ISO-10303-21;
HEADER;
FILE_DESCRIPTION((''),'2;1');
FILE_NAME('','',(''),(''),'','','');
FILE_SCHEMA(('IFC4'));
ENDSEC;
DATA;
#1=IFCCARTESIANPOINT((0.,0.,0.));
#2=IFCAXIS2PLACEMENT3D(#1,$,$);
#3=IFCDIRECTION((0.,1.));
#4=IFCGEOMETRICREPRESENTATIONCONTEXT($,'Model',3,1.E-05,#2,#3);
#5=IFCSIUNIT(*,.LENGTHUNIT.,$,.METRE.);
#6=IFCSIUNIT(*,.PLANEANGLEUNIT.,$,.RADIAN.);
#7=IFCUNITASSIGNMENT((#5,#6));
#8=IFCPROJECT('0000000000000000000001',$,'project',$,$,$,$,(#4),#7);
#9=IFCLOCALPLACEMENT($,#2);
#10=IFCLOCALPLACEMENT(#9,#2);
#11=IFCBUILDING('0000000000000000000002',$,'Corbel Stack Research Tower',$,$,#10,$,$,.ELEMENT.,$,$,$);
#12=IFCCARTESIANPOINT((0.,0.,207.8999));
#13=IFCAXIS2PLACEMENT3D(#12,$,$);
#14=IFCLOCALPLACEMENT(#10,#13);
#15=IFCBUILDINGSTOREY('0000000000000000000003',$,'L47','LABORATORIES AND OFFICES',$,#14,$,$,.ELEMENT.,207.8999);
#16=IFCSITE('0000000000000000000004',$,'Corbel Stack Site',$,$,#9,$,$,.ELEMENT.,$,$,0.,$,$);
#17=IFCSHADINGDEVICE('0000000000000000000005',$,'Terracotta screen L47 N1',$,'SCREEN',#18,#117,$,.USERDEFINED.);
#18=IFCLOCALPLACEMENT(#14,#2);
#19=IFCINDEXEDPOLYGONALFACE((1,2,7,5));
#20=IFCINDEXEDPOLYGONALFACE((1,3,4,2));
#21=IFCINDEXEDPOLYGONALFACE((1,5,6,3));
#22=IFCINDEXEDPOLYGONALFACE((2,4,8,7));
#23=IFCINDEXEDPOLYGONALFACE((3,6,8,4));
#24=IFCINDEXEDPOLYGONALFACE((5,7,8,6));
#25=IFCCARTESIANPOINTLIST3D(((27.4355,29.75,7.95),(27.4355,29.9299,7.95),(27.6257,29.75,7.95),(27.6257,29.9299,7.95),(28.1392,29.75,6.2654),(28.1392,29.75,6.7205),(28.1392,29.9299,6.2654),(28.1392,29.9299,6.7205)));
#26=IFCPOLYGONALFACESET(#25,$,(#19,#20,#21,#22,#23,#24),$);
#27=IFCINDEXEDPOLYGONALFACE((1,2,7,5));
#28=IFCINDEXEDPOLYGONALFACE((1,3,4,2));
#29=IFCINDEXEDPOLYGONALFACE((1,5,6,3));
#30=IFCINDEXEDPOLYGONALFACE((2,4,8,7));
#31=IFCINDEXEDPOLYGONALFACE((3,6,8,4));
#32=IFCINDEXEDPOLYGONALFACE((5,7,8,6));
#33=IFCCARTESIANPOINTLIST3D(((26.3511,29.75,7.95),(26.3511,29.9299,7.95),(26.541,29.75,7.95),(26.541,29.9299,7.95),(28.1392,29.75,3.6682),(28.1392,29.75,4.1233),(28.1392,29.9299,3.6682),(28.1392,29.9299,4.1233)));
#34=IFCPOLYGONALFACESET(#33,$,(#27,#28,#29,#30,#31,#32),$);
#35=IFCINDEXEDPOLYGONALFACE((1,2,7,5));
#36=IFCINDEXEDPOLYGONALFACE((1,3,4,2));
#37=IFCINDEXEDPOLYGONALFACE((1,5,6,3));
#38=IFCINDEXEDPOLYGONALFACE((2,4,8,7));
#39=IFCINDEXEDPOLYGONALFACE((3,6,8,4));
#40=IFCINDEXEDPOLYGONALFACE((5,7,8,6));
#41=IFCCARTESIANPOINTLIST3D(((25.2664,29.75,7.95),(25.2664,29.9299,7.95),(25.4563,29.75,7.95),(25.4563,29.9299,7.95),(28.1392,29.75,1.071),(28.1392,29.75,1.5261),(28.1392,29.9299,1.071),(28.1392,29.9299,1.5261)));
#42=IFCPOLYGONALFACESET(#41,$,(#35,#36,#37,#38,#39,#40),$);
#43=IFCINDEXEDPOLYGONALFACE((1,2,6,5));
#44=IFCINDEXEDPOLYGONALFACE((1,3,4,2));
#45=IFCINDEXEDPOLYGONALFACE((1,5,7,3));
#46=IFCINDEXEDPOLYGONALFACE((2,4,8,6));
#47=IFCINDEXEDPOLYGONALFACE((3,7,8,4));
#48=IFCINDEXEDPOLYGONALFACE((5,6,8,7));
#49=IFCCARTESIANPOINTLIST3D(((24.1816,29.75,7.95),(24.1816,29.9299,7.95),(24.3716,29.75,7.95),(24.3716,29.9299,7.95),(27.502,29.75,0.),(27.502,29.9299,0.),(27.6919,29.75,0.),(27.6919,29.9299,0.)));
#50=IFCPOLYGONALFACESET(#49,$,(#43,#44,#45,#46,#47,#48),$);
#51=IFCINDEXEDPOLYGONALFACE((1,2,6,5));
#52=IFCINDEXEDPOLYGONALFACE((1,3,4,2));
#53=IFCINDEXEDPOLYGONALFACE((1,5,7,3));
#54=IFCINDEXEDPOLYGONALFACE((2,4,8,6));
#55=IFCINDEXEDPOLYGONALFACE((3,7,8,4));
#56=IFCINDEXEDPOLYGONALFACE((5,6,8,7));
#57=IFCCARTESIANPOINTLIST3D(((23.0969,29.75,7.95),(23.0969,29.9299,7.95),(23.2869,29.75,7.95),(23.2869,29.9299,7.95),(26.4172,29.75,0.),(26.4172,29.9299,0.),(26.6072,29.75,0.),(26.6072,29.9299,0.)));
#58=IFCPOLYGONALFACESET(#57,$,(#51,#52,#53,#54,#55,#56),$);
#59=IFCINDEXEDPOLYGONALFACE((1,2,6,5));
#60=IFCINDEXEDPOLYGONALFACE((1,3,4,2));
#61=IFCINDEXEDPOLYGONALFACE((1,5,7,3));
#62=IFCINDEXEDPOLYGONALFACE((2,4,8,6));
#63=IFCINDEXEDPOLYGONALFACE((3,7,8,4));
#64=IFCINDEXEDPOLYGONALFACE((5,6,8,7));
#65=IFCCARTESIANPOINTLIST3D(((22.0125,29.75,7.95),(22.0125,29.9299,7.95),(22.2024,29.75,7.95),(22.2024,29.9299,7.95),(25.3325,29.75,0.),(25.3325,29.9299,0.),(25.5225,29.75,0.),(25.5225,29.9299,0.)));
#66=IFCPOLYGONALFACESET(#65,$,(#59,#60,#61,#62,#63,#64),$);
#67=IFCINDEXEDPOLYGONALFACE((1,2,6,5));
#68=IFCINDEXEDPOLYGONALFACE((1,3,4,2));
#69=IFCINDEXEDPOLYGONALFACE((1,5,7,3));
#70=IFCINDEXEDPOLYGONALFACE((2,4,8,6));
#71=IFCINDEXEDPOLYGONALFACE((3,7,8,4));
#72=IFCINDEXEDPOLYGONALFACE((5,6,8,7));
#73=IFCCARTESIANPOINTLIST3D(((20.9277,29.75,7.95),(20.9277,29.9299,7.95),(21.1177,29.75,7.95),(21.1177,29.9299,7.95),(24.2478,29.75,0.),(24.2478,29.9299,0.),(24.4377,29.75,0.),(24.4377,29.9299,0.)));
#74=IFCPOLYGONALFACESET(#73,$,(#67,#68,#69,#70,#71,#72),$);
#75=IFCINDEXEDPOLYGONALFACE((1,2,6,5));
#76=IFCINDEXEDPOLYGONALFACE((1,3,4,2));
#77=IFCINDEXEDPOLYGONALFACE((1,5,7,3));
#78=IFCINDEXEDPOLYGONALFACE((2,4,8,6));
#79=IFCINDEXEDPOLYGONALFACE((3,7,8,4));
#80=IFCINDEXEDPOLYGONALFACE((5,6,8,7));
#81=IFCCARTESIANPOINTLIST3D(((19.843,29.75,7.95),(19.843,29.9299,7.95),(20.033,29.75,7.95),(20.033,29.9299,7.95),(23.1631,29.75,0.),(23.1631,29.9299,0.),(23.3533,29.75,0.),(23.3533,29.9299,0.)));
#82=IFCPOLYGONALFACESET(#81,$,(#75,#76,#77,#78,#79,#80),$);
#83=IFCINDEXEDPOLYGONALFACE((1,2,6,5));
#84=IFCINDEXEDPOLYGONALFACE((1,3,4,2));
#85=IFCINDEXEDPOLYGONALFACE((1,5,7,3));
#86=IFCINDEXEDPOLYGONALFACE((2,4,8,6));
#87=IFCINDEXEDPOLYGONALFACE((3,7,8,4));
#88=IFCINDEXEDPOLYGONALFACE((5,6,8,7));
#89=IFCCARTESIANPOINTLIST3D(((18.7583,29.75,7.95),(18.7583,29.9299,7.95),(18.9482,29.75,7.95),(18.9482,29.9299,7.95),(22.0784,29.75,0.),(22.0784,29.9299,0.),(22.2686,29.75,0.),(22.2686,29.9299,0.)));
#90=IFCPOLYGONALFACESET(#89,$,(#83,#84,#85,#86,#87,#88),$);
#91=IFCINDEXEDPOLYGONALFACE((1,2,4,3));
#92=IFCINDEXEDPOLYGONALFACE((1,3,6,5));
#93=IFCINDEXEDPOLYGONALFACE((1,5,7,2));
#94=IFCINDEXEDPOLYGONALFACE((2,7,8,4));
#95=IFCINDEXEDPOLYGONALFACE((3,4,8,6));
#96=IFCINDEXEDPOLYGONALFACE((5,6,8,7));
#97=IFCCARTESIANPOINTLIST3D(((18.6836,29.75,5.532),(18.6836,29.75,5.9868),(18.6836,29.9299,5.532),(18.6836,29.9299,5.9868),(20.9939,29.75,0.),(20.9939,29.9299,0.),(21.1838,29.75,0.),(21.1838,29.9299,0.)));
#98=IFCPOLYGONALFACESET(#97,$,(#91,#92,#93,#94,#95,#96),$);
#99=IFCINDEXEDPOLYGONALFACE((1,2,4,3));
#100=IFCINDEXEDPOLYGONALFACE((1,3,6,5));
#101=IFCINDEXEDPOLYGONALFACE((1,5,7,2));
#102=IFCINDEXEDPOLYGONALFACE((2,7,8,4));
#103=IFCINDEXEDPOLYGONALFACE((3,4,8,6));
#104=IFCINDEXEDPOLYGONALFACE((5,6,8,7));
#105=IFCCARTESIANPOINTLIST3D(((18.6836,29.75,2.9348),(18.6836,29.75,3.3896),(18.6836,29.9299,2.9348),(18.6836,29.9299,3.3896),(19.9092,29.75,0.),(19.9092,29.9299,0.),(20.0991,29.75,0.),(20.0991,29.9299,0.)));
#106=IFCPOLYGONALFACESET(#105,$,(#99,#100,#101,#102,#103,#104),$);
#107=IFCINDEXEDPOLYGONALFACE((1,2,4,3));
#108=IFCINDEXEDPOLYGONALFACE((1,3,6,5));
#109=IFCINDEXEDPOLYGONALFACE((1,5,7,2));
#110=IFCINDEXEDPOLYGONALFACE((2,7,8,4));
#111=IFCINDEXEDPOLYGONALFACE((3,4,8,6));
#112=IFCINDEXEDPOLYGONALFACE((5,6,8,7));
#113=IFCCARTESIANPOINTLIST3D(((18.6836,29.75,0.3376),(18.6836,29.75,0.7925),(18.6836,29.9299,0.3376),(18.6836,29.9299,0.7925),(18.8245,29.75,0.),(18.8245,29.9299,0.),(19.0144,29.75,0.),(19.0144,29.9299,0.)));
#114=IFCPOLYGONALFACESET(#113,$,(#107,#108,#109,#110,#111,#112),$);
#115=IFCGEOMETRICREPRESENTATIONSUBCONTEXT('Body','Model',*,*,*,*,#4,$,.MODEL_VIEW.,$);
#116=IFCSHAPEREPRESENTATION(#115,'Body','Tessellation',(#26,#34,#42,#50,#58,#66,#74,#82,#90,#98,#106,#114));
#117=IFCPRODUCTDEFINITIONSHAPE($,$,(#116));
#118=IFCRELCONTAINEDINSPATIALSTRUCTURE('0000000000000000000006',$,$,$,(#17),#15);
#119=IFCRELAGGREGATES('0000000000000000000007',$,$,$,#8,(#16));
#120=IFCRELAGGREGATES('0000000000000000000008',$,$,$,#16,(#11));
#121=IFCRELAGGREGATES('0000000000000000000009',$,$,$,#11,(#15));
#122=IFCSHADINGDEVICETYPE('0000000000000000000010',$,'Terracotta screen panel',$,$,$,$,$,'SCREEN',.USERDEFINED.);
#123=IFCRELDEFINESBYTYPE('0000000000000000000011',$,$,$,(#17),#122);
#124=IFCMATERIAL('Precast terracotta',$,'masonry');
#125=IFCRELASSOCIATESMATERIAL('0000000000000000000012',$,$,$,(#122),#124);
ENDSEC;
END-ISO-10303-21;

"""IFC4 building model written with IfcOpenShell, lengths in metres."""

from ifc_helpers import new_model, si_unit, direction, frame, origin, place, context, subcontext, project, spatial, polyline, outline, extrude, source, transform, mapped, material, type_object, element, save


model = new_model("IFC4")

# Units and contexts
model_context = context("Model", 3, precision=1e-05, world=origin(), true_north=direction((0.0, 1.0)))
body_context = subcontext(model_context, "Body", "Model", "MODEL_VIEW")
ifc_project = project(units=[si_unit("LENGTHUNIT", "METRE"), si_unit("PLANEANGLEUNIT", "RADIAN")], contexts=[model_context])

# Site, building, storey
site_placement = place(None, origin())
site = spatial("IfcSite", under=ifc_project, at=site_placement, Name="Corbel Stack Site", CompositionType="ELEMENT", RefElevation=0.0)
building_placement = place(site_placement, origin())
building = spatial("IfcBuilding", under=site, at=building_placement, Name="Corbel Stack Research Tower", CompositionType="ELEMENT")
storey_placement = place(building_placement, frame((0.0, 0.0, 207.8999)))
storey = spatial("IfcBuildingStorey", under=building, at=storey_placement, Name="L47", Description="LABORATORIES AND OFFICES", CompositionType="ELEMENT", Elevation=207.8999)

# Shading device
ifc_material_1 = material(Name="Precast terracotta", Category="masonry")
shading_device_type = type_object("IfcShadingDeviceType", Name="Terracotta screen panel", ElementType="SCREEN", PredefinedType="USERDEFINED", material=ifc_material_1)
shared_shape_1 = source(origin(), body_context, "Body", "SweptSolid", [
    extrude(outline(polyline([(0.7036, 7.95), (0.5134, 7.95), (0.0, 6.7205), (0.0, 6.2654), (0.7036, 7.95)])), frame((0.0, 0.0, 0.0), z_axis=(0.0, -1.0, 0.0), x_axis=(1.0, 0.0, 0.0)), (0.0, 0.0, 1.0), 0.1799),
    extrude(outline(polyline([(1.7881, 7.95), (1.5981, 7.95), (0.0, 4.1233), (0.0, 3.6682), (1.7881, 7.95)])), frame((0.0, 0.0, 0.0), z_axis=(0.0, -1.0, 0.0), x_axis=(1.0, 0.0, 0.0)), (0.0, 0.0, 1.0), 0.1799),
    extrude(outline(polyline([(2.8728, 7.95), (2.6829, 7.95), (0.0, 1.5261), (0.0, 1.071), (2.8728, 7.95)])), frame((0.0, 0.0, 0.0), z_axis=(0.0, -1.0, 0.0), x_axis=(1.0, 0.0, 0.0)), (0.0, 0.0, 1.0), 0.1799),
    extrude(outline(polyline([(0.6372, 0.0), (3.9575, 7.95), (3.7676, 7.95), (0.4473, 0.0), (0.6372, 0.0)])), frame((0.0, 0.0, 0.0), z_axis=(0.0, -1.0, 0.0), x_axis=(1.0, 0.0, 0.0)), (0.0, 0.0, 1.0), 0.1799),
    extrude(outline(polyline([(1.7219, 0.0), (5.0422, 7.95), (4.8523, 7.95), (1.532, 0.0), (1.7219, 0.0)])), frame((0.0, 0.0, 0.0), z_axis=(0.0, -1.0, 0.0), x_axis=(1.0, 0.0, 0.0)), (0.0, 0.0, 1.0), 0.1799),
    extrude(outline(polyline([(2.8066, 0.0), (6.1267, 7.95), (5.9368, 7.95), (2.6167, 0.0), (2.8066, 0.0)])), frame((0.0, 0.0, 0.0), z_axis=(0.0, -1.0, 0.0), x_axis=(1.0, 0.0, 0.0)), (0.0, 0.0, 1.0), 0.1799),
    extrude(outline(polyline([(3.8914, 0.0), (7.2114, 7.95), (7.0215, 7.95), (3.7014, 0.0), (3.8914, 0.0)])), frame((0.0, 0.0, 0.0), z_axis=(0.0, -1.0, 0.0), x_axis=(1.0, 0.0, 0.0)), (0.0, 0.0, 1.0), 0.1799),
    extrude(outline(polyline([(4.9761, 0.0), (8.2961, 7.95), (8.1062, 7.95), (4.7859, 0.0), (4.9761, 0.0)])), frame((0.0, 0.0, 0.0), z_axis=(0.0, -1.0, 0.0), x_axis=(1.0, 0.0, 0.0)), (0.0, 0.0, 1.0), 0.1799),
    extrude(outline(polyline([(6.0608, 0.0), (9.3809, 7.95), (9.1909, 7.95), (5.8706, 0.0), (6.0608, 0.0)])), frame((0.0, 0.0, 0.0), z_axis=(0.0, -1.0, 0.0), x_axis=(1.0, 0.0, 0.0)), (0.0, 0.0, 1.0), 0.1799),
    extrude(outline(polyline([(7.1453, 0.0), (9.4556, 5.532), (9.4556, 5.9868), (6.9553, 0.0), (7.1453, 0.0)])), frame((0.0, 0.0, 0.0), z_axis=(0.0, -1.0, 0.0), x_axis=(1.0, 0.0, 0.0)), (0.0, 0.0, 1.0), 0.1799),
    extrude(outline(polyline([(8.23, 0.0), (9.4556, 2.9348), (9.4556, 3.3896), (8.04, 0.0), (8.23, 0.0)])), frame((0.0, 0.0, 0.0), z_axis=(0.0, -1.0, 0.0), x_axis=(1.0, 0.0, 0.0)), (0.0, 0.0, 1.0), 0.1799),
    extrude(outline(polyline([(9.3147, 0.0), (9.4556, 0.3376), (9.4556, 0.7925), (9.1248, 0.0), (9.3147, 0.0)])), frame((0.0, 0.0, 0.0), z_axis=(0.0, -1.0, 0.0), x_axis=(1.0, 0.0, 0.0)), (0.0, 0.0, 1.0), 0.1799),
])
shading_device_1_placement = place(storey_placement, frame((28.1392, 29.75, 0.0), z_axis=(0.0, 0.0, 1.0), x_axis=(-1.0, 0.0, 0.0)))
element("IfcShadingDevice", 1, at=shading_device_1_placement, inside=storey, type_object=shading_device_type, Name="Terracotta screen L47 N1", ObjectType="SCREEN", PredefinedType="USERDEFINED", context=body_context, shape_type="MappedRepresentation", body=[
    mapped(shared_shape_1, transform((0.0, 0.0, 0.0))),
])

save(model, "model.ifc")
